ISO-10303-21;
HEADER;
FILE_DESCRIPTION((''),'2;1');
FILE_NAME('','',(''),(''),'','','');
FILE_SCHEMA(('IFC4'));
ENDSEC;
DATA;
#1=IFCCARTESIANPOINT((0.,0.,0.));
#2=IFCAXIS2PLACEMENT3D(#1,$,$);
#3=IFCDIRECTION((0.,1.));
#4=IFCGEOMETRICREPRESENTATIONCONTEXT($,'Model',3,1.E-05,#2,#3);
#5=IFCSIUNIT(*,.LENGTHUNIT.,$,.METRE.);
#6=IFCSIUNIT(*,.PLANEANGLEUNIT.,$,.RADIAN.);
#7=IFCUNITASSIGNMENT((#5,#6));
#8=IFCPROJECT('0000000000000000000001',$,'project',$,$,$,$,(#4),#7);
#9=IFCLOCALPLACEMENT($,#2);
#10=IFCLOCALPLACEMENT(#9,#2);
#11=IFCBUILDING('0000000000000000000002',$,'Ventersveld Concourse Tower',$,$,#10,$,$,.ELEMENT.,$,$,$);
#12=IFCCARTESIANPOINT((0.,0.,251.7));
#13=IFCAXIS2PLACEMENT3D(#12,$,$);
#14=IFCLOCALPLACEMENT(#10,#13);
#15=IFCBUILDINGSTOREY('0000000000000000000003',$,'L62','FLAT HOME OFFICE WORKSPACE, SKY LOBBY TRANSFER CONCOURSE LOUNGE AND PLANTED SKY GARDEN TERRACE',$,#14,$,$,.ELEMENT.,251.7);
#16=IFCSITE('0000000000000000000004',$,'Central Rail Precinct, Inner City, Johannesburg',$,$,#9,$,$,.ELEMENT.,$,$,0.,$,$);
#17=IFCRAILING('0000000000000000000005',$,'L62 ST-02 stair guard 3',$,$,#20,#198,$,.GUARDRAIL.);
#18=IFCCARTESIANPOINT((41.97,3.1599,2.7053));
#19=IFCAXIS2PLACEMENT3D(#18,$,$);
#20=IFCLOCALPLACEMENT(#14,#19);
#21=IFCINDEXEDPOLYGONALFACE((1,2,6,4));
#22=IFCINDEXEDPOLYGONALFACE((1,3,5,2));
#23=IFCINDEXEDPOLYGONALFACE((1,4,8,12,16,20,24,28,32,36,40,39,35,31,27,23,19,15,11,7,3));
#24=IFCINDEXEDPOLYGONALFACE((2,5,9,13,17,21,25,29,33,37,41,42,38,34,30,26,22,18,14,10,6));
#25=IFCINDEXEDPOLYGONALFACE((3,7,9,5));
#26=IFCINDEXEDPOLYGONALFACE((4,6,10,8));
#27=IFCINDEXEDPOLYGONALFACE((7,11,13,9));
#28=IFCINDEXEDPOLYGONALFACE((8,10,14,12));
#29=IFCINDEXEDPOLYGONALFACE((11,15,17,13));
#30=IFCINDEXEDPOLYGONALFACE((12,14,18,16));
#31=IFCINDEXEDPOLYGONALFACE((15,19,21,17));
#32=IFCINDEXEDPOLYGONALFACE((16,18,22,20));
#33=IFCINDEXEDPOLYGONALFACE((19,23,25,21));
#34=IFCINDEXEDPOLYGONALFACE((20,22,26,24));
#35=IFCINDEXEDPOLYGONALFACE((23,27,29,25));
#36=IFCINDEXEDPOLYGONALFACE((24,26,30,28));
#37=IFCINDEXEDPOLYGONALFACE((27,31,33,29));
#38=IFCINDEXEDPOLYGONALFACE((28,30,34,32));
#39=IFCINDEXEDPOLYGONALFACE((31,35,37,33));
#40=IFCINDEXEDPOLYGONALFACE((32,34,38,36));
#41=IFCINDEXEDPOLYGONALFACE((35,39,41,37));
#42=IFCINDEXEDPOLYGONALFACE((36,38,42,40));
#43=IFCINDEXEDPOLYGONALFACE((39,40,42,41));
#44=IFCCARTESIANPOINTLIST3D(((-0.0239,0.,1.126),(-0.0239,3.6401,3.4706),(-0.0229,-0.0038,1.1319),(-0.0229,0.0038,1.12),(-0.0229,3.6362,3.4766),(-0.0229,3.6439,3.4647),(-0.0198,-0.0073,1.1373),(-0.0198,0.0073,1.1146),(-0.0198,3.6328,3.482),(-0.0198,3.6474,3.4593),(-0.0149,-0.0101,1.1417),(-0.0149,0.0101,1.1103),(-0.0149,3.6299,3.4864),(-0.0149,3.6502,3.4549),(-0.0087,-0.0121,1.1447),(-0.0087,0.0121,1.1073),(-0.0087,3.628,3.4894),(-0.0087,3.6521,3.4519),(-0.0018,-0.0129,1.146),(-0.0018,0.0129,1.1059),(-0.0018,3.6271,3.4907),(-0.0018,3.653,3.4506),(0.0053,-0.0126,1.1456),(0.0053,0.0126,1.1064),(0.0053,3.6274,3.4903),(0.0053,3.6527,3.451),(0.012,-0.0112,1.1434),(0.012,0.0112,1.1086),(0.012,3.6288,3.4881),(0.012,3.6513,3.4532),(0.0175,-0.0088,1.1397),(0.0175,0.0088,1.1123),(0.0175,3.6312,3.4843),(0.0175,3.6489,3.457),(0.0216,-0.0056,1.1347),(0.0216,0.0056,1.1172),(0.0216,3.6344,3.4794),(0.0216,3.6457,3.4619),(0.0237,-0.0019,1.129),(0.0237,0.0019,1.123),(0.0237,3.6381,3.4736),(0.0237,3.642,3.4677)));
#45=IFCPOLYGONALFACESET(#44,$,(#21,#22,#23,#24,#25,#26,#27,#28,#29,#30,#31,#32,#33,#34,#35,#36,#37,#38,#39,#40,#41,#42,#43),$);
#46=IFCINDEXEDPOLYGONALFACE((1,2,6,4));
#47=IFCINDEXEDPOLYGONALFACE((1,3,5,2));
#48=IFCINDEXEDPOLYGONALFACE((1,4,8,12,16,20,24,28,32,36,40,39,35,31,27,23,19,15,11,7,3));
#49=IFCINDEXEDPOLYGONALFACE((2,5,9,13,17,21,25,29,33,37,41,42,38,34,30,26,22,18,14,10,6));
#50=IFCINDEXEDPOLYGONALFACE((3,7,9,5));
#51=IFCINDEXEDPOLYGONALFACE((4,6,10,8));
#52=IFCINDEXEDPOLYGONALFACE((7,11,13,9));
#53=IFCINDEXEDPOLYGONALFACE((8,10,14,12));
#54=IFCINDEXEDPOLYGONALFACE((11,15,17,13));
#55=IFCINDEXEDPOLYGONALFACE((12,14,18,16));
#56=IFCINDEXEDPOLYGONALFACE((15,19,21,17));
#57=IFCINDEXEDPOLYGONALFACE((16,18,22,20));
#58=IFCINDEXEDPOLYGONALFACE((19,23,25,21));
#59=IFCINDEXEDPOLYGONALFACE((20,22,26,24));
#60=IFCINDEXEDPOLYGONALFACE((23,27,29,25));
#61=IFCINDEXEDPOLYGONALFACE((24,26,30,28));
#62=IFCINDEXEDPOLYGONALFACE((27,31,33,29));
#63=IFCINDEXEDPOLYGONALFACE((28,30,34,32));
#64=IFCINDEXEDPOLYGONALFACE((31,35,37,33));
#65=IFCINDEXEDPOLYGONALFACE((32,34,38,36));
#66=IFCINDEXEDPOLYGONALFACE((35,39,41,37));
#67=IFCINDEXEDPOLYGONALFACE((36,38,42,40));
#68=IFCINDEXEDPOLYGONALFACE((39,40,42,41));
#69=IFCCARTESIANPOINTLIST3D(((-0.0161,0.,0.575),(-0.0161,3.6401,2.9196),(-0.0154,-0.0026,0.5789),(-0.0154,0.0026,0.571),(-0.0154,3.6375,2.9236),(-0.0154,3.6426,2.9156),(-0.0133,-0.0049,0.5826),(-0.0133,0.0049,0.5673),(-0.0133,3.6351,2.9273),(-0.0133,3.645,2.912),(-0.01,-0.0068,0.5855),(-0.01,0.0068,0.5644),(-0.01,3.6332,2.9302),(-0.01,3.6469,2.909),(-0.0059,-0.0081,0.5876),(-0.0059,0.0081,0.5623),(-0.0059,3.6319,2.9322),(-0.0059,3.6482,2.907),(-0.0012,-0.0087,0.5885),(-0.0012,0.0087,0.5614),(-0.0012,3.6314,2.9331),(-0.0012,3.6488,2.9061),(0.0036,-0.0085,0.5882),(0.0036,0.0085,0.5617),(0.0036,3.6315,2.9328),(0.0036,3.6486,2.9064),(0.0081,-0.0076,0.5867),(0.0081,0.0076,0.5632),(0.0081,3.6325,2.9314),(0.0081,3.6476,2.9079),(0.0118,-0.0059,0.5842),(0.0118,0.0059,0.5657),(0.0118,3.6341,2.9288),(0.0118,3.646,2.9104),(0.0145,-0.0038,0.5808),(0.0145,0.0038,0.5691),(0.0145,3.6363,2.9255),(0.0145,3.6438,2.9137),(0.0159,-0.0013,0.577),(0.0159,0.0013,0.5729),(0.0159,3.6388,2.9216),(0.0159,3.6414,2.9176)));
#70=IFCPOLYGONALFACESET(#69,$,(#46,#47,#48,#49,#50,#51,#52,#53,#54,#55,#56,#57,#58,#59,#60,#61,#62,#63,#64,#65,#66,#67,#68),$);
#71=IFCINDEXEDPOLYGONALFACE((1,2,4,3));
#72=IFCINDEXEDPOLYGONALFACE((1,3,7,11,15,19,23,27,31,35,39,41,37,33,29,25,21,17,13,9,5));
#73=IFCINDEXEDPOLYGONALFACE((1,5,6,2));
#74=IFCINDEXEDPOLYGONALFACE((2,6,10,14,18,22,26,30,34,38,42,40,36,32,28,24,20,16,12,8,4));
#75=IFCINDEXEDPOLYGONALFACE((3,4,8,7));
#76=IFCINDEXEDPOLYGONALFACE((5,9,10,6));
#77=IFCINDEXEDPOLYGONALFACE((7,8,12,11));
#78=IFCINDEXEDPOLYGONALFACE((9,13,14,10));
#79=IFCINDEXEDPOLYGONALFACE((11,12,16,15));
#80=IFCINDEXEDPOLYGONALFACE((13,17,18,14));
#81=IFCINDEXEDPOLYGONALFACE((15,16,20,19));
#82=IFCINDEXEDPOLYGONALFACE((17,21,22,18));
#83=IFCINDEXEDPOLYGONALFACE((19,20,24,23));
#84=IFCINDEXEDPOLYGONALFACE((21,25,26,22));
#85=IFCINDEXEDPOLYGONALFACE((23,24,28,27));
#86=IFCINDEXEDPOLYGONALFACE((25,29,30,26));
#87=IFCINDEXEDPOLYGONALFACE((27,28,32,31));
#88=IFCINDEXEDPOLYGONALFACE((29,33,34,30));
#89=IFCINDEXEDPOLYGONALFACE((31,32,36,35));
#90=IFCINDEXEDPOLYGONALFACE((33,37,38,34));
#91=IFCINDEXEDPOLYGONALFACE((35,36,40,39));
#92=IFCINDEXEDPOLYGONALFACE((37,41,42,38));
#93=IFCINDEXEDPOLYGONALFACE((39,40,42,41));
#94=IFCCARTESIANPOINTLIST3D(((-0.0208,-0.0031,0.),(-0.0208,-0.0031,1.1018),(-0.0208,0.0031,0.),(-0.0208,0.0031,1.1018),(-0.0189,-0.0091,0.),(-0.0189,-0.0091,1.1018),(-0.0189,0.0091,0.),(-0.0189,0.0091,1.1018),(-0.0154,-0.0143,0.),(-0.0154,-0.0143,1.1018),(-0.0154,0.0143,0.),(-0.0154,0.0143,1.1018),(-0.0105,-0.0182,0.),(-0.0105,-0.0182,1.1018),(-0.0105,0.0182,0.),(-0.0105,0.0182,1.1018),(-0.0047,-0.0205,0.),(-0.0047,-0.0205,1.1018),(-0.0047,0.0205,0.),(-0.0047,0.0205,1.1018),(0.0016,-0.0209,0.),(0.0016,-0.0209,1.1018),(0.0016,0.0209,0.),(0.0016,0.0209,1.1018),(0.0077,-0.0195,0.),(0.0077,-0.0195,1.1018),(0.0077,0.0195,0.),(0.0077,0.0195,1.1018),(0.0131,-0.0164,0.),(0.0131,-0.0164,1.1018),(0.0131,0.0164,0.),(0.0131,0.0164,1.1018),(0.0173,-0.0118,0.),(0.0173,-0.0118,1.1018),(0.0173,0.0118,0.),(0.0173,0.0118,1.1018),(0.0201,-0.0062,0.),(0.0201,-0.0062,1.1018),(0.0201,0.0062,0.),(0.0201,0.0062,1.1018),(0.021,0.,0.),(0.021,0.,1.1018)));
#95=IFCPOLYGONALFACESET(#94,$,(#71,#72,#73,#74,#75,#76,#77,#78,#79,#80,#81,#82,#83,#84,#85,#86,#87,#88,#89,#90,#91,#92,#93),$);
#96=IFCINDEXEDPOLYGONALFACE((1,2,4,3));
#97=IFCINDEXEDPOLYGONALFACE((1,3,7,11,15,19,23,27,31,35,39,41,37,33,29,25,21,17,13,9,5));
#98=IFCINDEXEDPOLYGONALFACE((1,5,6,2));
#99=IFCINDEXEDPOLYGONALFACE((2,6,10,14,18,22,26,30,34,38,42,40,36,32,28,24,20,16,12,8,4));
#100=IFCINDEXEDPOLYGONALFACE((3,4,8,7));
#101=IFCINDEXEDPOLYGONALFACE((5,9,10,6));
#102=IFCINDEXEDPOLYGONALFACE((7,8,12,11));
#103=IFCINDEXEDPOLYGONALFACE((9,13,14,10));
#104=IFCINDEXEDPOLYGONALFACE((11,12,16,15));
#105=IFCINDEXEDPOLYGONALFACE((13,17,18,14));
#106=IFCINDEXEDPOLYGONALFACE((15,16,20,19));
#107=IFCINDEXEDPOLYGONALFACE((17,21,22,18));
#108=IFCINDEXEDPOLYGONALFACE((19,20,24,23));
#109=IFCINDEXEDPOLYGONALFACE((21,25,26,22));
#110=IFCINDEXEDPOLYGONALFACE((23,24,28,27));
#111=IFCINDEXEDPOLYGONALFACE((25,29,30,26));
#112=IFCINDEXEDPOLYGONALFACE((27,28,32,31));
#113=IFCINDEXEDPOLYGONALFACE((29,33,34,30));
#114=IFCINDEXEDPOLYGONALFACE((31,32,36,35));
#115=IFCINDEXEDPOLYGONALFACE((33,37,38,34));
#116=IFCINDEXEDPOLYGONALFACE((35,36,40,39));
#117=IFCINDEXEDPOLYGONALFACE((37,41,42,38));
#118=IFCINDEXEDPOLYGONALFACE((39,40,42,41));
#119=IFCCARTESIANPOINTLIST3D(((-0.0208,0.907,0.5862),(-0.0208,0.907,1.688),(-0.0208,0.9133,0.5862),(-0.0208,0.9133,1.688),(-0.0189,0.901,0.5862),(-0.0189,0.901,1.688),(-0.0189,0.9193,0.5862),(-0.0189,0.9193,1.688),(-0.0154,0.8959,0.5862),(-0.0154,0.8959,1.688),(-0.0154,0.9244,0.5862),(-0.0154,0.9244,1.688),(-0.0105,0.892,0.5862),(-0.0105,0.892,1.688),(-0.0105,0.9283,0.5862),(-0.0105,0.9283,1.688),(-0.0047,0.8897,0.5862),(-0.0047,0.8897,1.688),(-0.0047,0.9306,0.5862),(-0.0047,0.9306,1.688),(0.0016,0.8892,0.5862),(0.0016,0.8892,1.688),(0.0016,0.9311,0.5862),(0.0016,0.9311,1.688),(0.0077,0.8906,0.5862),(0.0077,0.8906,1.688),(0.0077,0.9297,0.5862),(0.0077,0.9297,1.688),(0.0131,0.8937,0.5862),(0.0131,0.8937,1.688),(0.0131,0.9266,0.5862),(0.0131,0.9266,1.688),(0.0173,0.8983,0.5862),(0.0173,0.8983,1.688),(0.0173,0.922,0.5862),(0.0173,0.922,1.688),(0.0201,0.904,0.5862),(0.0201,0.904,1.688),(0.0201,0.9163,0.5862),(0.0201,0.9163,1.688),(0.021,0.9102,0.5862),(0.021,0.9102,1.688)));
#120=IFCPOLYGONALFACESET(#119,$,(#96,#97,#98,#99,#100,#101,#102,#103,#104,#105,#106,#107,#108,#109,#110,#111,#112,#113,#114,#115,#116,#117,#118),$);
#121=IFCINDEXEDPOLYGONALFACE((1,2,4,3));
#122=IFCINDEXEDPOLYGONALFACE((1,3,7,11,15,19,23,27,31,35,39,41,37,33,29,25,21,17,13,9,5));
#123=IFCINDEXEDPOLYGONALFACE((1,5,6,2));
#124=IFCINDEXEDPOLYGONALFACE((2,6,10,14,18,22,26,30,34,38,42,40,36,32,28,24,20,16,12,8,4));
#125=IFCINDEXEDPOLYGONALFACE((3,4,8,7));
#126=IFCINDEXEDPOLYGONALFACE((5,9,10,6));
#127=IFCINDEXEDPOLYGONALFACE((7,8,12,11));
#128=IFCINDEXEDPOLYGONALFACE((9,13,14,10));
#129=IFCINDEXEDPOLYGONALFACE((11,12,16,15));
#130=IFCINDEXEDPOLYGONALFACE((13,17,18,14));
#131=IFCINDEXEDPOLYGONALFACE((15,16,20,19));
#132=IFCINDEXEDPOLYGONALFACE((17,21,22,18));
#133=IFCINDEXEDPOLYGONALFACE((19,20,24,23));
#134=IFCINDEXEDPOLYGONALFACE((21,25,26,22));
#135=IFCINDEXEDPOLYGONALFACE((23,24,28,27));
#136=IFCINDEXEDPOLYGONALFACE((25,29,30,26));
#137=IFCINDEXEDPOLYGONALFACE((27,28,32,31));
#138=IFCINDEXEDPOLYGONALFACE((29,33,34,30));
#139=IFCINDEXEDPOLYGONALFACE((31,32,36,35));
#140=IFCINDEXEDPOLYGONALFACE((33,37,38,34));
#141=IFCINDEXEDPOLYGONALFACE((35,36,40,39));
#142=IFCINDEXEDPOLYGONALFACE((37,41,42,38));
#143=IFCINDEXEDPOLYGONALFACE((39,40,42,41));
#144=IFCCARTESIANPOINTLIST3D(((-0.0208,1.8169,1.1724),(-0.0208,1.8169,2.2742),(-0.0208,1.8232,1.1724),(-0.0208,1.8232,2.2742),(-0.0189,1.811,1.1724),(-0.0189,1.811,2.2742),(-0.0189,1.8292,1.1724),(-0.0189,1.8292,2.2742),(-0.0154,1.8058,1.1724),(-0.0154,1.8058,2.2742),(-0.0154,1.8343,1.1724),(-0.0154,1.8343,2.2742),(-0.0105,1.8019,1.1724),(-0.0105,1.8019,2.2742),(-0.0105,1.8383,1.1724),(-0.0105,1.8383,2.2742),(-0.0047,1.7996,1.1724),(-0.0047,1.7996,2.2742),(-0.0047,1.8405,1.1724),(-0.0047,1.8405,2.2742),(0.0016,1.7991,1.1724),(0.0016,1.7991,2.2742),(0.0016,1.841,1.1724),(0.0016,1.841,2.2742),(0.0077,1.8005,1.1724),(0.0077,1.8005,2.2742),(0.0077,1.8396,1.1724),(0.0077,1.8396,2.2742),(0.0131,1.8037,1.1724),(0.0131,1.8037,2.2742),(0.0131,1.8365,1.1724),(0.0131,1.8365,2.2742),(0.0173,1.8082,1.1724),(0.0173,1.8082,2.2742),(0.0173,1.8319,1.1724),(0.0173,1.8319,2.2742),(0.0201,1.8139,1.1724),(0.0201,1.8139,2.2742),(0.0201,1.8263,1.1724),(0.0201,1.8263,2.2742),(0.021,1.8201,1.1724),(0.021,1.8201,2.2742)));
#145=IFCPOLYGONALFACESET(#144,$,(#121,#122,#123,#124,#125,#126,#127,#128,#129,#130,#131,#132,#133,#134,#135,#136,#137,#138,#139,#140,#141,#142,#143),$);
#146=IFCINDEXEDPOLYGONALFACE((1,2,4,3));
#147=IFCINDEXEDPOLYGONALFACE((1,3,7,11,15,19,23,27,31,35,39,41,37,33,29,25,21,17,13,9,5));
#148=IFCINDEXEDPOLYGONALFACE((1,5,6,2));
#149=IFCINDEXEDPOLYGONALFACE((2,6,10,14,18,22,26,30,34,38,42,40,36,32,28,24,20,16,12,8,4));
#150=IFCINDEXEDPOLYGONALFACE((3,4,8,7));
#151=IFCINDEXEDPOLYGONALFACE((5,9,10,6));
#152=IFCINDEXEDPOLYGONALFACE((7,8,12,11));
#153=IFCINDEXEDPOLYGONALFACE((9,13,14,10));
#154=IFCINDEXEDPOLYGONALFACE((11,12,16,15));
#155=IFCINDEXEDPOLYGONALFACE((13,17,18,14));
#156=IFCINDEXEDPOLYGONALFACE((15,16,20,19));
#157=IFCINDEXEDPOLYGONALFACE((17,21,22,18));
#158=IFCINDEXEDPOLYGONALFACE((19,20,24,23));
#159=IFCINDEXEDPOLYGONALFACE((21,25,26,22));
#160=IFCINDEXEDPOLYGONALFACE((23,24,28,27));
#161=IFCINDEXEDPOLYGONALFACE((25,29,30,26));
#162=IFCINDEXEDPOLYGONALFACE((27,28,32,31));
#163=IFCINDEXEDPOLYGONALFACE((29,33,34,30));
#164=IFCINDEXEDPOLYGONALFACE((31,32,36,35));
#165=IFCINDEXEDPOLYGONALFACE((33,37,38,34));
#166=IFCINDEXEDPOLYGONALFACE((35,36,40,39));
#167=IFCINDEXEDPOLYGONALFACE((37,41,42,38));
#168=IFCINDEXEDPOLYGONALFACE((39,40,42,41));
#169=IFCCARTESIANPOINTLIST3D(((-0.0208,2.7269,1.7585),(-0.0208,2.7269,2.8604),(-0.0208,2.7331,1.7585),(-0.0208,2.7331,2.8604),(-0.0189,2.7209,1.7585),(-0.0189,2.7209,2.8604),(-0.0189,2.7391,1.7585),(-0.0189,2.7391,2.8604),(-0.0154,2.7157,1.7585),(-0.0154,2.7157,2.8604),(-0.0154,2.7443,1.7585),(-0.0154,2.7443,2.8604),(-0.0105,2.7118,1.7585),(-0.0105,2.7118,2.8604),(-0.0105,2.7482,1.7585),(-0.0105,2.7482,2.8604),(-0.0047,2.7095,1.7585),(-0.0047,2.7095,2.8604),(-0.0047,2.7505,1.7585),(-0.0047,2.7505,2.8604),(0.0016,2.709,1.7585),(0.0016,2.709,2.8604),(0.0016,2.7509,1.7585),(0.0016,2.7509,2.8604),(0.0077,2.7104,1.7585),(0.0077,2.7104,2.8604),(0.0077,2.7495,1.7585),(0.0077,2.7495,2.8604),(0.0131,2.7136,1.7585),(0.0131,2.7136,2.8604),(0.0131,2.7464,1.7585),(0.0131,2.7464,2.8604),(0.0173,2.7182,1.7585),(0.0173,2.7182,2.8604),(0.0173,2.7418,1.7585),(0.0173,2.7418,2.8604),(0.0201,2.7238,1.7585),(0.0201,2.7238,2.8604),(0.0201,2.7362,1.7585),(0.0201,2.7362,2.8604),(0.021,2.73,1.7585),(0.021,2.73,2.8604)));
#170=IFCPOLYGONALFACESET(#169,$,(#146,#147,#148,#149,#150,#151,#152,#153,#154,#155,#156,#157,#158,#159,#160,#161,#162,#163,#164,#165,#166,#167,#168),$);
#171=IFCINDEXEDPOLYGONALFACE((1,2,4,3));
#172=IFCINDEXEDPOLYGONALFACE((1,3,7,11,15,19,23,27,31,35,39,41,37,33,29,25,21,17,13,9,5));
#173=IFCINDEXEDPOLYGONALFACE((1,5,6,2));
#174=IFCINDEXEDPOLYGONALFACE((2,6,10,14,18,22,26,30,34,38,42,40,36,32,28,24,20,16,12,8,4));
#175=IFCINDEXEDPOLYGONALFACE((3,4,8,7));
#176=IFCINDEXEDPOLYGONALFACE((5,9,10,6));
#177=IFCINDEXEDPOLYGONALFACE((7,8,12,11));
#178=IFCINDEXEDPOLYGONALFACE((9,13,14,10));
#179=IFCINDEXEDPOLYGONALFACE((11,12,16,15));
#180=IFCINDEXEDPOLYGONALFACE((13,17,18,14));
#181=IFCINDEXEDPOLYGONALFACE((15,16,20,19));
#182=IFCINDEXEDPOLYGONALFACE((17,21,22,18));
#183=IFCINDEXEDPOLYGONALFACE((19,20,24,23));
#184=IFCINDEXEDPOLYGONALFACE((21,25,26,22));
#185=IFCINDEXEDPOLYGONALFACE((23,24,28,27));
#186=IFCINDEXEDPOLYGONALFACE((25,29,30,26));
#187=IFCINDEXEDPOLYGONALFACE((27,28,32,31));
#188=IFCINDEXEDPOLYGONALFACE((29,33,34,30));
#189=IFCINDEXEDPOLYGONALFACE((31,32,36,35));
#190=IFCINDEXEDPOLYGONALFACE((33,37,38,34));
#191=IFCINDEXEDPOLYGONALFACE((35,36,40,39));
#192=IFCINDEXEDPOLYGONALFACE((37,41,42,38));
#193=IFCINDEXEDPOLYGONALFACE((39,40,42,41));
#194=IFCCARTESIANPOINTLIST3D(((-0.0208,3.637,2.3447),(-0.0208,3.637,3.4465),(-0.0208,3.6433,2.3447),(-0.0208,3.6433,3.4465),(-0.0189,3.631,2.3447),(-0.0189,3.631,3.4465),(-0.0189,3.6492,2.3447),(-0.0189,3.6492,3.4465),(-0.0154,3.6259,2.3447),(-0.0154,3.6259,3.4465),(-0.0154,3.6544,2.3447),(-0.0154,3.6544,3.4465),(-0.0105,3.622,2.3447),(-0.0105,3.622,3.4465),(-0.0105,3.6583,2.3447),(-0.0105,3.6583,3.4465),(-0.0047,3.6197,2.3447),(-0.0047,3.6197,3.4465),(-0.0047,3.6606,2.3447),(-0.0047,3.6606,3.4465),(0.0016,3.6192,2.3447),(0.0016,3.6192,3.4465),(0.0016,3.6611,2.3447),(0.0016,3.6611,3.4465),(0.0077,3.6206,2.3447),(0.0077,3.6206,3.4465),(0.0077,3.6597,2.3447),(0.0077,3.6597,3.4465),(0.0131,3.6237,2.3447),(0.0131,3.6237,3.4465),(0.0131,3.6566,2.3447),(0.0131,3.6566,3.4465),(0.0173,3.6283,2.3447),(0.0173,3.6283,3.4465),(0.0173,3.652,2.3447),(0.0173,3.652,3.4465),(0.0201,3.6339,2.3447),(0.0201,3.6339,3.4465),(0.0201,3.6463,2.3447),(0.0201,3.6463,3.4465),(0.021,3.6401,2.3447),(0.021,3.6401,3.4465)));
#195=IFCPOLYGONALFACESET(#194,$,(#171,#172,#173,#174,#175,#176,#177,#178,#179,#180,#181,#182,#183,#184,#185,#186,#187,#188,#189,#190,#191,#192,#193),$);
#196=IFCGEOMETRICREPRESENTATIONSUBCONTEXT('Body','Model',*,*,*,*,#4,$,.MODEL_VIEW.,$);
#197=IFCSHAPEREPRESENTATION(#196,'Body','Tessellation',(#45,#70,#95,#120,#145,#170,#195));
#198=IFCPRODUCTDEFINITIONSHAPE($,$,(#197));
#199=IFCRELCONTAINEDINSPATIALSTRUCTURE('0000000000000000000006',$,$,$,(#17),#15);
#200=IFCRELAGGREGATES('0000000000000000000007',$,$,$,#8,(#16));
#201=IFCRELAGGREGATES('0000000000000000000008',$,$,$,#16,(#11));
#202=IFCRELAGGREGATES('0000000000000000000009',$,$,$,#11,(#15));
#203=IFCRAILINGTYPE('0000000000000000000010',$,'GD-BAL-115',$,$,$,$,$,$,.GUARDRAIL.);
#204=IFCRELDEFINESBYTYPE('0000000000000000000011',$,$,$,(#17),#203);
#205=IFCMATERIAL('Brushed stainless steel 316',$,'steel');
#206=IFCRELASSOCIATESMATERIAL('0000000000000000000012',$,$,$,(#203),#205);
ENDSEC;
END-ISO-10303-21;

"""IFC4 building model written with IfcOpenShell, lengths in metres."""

from ifc_helpers import new_model, si_unit, direction, frame, origin, origin_2d, place, context, subcontext, project, spatial, circle, extrude, material, type_object, element, save


model = new_model("IFC4")

# Units and contexts
model_context = context("Model", 3, precision=1e-05, world=origin(), true_north=direction((0.0, 1.0)))
body_context = subcontext(model_context, "Body", "Model", "MODEL_VIEW")
ifc_project = project(units=[si_unit("LENGTHUNIT", "METRE"), si_unit("PLANEANGLEUNIT", "RADIAN")], contexts=[model_context])

# Site, building, storey
site_placement = place(None, origin())
site = spatial("IfcSite", under=ifc_project, at=site_placement, Name="Central Rail Precinct, Inner City, Johannesburg", CompositionType="ELEMENT", RefElevation=0.0)
building_placement = place(site_placement, origin())
building = spatial("IfcBuilding", under=site, at=building_placement, Name="Ventersveld Concourse Tower", CompositionType="ELEMENT")
storey_placement = place(building_placement, frame((0.0, 0.0, 251.7)))
storey = spatial("IfcBuildingStorey", under=building, at=storey_placement, Name="L62", Description="FLAT HOME OFFICE WORKSPACE, SKY LOBBY TRANSFER CONCOURSE LOUNGE AND PLANTED SKY GARDEN TERRACE", CompositionType="ELEMENT", Elevation=251.7)

# Railing
ifc_material_1 = material(Name="Brushed stainless steel 316", Category="steel")
railing_type = type_object("IfcRailingType", Name="GD-BAL-115", PredefinedType="GUARDRAIL", material=ifc_material_1)
railing_1_placement = place(storey_placement, frame((41.97, 3.1599, 2.7053)))
element("IfcRailing", 1, at=railing_1_placement, inside=storey, type_object=railing_type, Name="L62 ST-02 stair guard 3", PredefinedType="GUARDRAIL", context=body_context, shape_type="SweptSolid", body=[
    extrude(circle(Radius=0.0239, at=origin_2d()), frame((0.0, 0.0, 1.126), z_axis=(0.0, 0.840691, 0.541515), x_axis=(-1.0, 0.0, 0.0)), (0.0, 0.0, 1.0), 4.3298),
    extrude(circle(Radius=0.0161, at=origin_2d()), frame((0.0, 0.0, 0.575), z_axis=(0.0, 0.840691, 0.541515), x_axis=(-1.0, 0.0, 0.0)), (0.0, 0.0, 1.0), 4.3298),
    extrude(circle(Radius=0.021, at=origin_2d()), origin(), (0.0, 0.0, 1.0), 1.1018),
    extrude(circle(Radius=0.021, at=origin_2d()), frame((0.0, 0.9102, 0.5862)), (0.0, 0.0, 1.0), 1.1018),
    extrude(circle(Radius=0.021, at=origin_2d()), frame((0.0, 1.8201, 1.1724)), (0.0, 0.0, 1.0), 1.1018),
    extrude(circle(Radius=0.021, at=origin_2d()), frame((0.0, 2.73, 1.7585)), (0.0, 0.0, 1.0), 1.1018),
    extrude(circle(Radius=0.021, at=origin_2d()), frame((0.0, 3.6401, 2.3447)), (0.0, 0.0, 1.0), 1.1018),
])

save(model, "model.ifc")
